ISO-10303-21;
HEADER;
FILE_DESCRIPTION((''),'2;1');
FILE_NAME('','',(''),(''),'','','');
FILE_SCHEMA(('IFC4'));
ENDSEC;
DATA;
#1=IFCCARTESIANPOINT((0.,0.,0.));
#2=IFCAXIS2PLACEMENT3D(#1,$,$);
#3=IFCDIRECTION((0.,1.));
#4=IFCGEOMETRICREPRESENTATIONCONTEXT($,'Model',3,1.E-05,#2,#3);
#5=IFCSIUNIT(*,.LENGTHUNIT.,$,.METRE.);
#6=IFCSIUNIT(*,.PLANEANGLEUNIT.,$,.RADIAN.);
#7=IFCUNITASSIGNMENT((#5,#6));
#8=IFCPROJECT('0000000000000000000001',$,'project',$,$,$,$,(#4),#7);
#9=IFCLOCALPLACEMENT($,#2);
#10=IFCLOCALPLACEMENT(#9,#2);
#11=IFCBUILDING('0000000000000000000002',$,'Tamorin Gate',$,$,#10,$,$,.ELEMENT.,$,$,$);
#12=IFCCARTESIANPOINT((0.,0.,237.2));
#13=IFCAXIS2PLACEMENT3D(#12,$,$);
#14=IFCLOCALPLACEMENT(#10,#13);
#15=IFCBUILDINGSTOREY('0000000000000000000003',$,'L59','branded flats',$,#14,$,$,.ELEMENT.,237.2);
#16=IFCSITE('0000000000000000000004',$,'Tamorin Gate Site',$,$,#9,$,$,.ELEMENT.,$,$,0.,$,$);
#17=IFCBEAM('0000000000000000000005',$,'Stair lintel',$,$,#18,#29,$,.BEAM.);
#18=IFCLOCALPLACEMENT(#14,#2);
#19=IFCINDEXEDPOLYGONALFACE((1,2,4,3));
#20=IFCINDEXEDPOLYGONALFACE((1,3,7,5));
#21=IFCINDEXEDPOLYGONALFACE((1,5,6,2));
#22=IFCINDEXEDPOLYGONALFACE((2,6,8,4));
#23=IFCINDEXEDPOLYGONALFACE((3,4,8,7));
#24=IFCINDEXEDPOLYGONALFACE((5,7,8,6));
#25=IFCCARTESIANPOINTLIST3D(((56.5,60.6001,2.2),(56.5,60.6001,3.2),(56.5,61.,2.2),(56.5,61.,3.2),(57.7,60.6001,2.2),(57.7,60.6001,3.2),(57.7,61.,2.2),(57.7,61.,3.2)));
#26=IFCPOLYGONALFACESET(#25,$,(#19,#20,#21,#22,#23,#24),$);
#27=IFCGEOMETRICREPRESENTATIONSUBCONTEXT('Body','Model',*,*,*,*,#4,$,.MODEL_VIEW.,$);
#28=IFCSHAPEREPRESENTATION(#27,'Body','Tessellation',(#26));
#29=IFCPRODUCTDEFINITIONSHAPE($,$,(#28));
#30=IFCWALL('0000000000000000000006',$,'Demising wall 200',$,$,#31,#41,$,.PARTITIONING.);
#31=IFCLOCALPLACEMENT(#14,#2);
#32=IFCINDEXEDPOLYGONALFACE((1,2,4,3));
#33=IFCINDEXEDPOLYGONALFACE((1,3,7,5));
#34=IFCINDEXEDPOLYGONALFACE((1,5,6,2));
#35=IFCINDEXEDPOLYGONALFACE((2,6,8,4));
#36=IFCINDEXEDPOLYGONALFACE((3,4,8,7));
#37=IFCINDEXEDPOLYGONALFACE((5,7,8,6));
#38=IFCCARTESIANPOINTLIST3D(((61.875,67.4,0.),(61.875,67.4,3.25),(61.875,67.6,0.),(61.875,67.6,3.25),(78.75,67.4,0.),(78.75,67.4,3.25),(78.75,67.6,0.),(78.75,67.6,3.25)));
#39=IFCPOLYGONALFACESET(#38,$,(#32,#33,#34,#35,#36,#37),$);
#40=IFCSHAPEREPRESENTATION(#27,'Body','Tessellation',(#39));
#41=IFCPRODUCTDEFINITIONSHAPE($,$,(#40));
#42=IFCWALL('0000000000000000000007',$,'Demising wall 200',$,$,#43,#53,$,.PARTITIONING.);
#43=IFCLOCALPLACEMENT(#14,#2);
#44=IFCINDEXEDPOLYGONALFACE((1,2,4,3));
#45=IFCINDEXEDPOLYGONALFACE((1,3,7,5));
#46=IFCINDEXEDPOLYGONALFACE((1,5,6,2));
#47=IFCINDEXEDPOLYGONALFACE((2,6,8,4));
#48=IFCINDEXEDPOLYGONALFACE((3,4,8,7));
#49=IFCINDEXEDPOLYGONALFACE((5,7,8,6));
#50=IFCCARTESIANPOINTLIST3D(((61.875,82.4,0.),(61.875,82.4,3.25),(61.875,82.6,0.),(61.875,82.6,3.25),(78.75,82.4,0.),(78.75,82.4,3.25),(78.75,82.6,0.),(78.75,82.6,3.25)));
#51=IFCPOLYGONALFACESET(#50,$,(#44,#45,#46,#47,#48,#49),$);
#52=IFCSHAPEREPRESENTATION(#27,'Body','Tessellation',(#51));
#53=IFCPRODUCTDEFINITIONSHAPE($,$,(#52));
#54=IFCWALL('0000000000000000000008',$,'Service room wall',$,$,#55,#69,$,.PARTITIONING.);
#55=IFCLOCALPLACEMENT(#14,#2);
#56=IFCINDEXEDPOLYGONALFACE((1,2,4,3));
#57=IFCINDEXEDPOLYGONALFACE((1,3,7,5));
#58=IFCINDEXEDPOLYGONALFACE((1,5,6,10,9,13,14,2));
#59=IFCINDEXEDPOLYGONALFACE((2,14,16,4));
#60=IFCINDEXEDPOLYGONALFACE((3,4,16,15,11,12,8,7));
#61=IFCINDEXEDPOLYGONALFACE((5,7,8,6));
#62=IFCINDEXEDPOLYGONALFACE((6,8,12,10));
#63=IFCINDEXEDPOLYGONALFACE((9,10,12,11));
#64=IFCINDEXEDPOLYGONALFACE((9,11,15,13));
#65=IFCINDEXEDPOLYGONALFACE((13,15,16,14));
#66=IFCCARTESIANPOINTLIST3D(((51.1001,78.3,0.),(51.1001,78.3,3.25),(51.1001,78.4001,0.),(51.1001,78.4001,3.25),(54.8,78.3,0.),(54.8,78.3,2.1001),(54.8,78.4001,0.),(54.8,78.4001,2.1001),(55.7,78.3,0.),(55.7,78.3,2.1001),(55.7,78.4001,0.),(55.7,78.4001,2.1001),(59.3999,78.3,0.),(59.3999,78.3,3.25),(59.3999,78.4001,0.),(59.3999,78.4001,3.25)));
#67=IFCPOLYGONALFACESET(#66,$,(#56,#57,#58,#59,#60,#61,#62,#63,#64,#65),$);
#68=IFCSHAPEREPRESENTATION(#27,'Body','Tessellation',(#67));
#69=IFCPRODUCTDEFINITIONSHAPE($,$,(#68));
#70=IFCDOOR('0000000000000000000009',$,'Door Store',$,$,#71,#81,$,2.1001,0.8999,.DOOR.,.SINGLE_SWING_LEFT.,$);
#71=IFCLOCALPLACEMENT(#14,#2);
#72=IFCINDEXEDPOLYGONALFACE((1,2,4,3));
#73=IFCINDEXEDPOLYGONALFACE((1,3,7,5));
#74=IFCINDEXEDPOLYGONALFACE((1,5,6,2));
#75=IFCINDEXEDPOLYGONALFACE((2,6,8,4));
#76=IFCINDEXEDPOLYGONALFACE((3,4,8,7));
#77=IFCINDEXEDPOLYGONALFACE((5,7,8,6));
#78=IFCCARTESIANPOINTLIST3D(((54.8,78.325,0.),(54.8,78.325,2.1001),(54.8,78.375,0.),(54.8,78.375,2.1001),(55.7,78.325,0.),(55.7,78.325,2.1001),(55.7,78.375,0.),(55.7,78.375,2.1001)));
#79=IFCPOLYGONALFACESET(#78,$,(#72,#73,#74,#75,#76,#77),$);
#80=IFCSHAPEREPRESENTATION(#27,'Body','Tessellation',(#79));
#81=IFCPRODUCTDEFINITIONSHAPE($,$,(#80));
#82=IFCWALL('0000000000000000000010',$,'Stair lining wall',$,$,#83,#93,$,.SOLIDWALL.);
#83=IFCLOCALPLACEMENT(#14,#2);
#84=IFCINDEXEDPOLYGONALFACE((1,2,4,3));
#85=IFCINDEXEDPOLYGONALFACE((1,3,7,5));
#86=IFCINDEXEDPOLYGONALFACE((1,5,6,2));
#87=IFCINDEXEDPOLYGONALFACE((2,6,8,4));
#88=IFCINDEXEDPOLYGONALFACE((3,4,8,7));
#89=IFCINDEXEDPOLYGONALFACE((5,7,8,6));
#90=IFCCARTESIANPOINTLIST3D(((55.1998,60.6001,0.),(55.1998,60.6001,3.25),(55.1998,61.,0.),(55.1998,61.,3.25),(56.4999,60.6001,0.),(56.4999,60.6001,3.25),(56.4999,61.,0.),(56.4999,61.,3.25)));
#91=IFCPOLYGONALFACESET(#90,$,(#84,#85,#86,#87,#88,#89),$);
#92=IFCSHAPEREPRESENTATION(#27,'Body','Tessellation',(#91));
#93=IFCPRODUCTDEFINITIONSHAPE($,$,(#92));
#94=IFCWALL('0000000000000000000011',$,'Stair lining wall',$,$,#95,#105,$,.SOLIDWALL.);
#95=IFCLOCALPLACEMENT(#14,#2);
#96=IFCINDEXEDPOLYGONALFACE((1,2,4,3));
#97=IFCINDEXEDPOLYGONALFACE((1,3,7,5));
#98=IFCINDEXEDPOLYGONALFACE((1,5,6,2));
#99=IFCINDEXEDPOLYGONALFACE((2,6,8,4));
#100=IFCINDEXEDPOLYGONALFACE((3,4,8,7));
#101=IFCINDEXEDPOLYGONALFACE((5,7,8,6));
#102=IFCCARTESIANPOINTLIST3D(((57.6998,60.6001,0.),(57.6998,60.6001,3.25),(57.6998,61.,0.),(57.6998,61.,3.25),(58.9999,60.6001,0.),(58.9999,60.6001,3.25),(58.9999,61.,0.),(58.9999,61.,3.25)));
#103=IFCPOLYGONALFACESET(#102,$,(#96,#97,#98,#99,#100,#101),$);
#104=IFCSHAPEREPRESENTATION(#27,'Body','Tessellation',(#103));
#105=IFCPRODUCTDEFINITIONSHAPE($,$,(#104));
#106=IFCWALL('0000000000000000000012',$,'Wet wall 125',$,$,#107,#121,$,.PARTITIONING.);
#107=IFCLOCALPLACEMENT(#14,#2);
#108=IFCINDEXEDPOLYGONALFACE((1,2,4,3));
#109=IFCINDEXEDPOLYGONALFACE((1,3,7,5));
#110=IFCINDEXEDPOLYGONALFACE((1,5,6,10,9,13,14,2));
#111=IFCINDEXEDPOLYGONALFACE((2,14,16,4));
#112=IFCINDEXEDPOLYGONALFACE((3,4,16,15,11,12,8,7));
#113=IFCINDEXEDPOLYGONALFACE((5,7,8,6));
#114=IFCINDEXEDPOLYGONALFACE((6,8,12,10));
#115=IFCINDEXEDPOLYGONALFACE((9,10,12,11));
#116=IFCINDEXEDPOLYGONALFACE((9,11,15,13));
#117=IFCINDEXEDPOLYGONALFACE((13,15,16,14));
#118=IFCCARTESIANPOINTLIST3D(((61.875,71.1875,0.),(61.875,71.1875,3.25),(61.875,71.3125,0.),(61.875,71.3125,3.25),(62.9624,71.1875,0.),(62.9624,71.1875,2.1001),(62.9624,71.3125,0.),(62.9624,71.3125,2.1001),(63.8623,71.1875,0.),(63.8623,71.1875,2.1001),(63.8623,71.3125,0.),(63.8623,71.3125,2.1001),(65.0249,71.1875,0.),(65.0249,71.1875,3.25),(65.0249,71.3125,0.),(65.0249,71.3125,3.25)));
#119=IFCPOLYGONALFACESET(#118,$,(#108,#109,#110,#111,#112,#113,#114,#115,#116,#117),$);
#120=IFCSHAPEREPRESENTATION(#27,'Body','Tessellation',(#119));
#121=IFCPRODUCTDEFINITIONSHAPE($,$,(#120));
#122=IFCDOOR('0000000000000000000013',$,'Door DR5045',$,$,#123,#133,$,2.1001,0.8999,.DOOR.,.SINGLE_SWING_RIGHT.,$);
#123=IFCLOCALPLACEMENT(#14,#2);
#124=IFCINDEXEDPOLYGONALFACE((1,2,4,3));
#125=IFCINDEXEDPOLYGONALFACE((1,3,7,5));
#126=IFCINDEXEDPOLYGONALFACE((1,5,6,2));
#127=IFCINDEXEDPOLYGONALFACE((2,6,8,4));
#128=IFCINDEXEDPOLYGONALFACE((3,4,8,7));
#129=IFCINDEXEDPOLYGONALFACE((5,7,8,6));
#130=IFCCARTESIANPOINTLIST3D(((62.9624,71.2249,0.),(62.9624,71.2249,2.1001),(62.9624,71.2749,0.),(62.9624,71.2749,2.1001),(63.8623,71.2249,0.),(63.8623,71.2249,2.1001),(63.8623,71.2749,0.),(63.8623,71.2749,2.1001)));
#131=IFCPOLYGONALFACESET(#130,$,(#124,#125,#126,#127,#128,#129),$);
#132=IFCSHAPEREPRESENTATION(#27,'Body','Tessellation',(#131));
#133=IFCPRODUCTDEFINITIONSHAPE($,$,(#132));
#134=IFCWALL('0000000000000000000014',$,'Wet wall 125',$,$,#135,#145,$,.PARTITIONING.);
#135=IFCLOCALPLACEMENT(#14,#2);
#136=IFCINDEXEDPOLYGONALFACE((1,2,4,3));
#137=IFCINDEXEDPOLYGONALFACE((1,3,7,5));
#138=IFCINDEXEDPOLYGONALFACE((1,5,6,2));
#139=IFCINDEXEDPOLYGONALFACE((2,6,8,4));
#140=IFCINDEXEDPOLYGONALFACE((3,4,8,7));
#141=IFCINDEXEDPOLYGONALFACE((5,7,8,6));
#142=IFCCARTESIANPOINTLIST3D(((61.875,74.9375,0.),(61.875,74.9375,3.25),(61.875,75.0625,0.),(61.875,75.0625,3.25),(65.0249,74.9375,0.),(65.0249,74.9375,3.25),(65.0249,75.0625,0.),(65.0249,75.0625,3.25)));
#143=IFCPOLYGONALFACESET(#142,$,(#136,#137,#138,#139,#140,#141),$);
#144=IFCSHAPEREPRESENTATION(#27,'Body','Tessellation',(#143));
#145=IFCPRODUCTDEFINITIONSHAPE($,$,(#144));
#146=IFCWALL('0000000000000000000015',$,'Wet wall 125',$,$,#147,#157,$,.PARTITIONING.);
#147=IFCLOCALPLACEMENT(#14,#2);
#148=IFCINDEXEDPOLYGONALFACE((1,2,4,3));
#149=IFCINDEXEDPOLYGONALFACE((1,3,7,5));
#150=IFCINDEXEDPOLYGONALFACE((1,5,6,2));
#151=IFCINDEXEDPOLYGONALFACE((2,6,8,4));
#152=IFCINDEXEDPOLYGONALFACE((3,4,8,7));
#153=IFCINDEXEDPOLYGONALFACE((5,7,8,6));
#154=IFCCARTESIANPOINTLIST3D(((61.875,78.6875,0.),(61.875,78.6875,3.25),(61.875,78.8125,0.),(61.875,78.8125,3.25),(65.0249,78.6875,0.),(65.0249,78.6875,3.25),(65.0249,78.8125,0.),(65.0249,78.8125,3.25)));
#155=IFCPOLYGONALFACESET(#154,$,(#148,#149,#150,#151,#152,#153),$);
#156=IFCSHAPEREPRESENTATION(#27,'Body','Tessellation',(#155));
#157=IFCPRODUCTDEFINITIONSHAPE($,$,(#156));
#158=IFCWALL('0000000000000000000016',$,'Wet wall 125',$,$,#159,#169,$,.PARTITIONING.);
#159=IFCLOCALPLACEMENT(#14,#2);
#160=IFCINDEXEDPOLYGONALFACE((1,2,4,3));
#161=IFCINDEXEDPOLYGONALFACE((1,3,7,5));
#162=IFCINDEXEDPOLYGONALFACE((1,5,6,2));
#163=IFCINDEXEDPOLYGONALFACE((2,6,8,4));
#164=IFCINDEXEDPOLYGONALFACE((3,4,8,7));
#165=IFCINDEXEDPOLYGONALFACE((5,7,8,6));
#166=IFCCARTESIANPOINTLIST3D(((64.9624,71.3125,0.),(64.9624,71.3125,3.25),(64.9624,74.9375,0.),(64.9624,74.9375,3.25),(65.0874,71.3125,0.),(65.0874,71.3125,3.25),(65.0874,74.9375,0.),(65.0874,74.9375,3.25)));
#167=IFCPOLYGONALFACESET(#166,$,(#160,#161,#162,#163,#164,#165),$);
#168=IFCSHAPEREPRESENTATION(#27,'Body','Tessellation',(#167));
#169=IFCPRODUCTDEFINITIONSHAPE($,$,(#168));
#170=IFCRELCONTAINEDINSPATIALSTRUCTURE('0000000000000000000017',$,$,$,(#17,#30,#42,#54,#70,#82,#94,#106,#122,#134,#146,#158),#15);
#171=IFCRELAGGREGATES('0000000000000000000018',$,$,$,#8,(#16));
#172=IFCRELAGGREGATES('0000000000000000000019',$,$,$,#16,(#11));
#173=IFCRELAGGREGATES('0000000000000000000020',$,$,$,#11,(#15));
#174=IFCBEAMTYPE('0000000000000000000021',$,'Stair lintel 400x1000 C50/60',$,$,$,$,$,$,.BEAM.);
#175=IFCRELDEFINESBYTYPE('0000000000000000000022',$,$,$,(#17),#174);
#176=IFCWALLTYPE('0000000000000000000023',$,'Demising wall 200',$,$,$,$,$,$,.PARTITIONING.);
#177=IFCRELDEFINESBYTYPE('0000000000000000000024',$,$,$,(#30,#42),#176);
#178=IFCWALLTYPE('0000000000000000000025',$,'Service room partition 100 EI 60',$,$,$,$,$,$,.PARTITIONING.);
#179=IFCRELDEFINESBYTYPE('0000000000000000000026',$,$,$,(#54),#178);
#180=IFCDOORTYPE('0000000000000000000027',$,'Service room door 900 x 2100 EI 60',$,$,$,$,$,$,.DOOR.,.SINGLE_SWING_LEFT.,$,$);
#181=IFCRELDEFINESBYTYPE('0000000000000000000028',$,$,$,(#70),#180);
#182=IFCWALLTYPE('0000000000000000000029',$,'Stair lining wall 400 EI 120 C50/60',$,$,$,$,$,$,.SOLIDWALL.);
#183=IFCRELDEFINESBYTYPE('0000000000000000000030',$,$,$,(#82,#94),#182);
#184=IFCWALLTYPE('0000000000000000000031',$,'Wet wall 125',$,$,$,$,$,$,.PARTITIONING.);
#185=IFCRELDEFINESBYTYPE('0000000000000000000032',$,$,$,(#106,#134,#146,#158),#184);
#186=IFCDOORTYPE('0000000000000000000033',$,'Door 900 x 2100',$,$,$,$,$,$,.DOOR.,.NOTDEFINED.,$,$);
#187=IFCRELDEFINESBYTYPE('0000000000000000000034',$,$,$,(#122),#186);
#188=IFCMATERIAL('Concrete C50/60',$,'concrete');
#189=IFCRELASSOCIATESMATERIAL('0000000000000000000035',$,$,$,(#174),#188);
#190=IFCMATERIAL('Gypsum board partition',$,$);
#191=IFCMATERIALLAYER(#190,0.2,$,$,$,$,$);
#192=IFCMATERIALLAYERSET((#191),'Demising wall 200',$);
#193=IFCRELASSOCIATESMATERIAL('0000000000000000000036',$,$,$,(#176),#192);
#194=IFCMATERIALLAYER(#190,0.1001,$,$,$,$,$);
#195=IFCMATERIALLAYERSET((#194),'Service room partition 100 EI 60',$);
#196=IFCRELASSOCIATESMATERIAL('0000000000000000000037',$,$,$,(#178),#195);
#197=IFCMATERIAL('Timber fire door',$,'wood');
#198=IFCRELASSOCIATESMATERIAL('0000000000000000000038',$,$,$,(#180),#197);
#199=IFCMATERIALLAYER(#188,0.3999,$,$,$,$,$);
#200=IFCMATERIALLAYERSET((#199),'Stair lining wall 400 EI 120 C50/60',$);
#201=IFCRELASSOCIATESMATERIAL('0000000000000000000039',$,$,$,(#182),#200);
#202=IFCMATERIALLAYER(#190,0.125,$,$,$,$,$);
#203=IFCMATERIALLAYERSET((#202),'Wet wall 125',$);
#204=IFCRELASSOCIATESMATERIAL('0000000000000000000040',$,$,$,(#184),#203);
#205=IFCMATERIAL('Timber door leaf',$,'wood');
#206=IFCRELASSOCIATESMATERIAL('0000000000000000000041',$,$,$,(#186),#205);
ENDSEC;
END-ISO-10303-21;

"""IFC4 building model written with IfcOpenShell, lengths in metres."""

from ifc_helpers import new_model, si_unit, direction, frame, frame_2d, origin, origin_2d, place, context, subcontext, project, spatial, rectangle, extrude, material, layer, layer_set, material_profile, profile_set, type_object, element, fill, save


model = new_model("IFC4")

# Units and contexts
model_context = context("Model", 3, precision=1e-05, world=origin(), true_north=direction((0.0, 1.0)))
body_context = subcontext(model_context, "Body", "Model", "MODEL_VIEW")
ifc_project = project(units=[si_unit("LENGTHUNIT", "METRE"), si_unit("PLANEANGLEUNIT", "RADIAN")], contexts=[model_context])

# Site, building, storey
site_placement = place(None, origin())
site = spatial("IfcSite", under=ifc_project, at=site_placement, Name="Tamorin Gate Site", CompositionType="ELEMENT", RefElevation=0.0)
building_placement = place(site_placement, origin())
building = spatial("IfcBuilding", under=site, at=building_placement, Name="Tamorin Gate", CompositionType="ELEMENT")
storey_placement = place(building_placement, frame((0.0, 0.0, 237.2)))
storey = spatial("IfcBuildingStorey", under=building, at=storey_placement, Name="L59", Description="branded flats", CompositionType="ELEMENT", Elevation=237.2)

# Beam
ifc_material_1 = material(Name="Concrete C50/60", Category="concrete")
ifc_material_profile = material_profile(ifc_material_1, rectangle(XDim=0.3999, YDim=1.0, at=origin_2d()))
ifc_profile_set = profile_set([ifc_material_profile], Name="Concrete C50/60")
beam_type = type_object("IfcBeamType", Name="Stair lintel 400x1000 C50/60", PredefinedType="BEAM", material=ifc_profile_set)
beam_placement = place(storey_placement, frame((56.5, 60.8, 2.7), z_axis=(1.0, 0.0, 0.0), x_axis=(0.0, 1.0, 0.0)))
element("IfcBeam", 1, at=beam_placement, inside=storey, type_object=beam_type, Name="Stair lintel", PredefinedType="BEAM", context=body_context, shape_type="SweptSolid", body=[
    extrude(rectangle(XDim=0.3999, YDim=1.0, at=origin_2d()), origin(), (0.0, 0.0, 1.0), 1.2),
])

# Walls
ifc_material_2 = material(Name="Gypsum board partition")
ifc_layer_1 = layer(ifc_material_2, 0.2)
ifc_layer_set_1 = layer_set([ifc_layer_1], Name="Demising wall 200")
wall_type_1 = type_object("IfcWallType", Name="Demising wall 200", PredefinedType="PARTITIONING", material=ifc_layer_set_1)
for number, where, z_axis, x_axis, name in (
    (2, (61.875, 67.5, 0.0), (0.0, 0.0, 1.0), (1.0, 0.0, 0.0), "Demising wall 200"),
    (3, (61.875, 82.5, 0.0), (0.0, 0.0, 1.0), (1.0, 0.0, 0.0), "Demising wall 200"),
):
    element("IfcWall", number, at=place(storey_placement, frame(where, z_axis=z_axis, x_axis=x_axis)), inside=storey, type_object=wall_type_1, Name=name, PredefinedType="PARTITIONING", context=body_context, shape_type="SweptSolid", body=[
        extrude(rectangle(XDim=16.875, YDim=0.2, at=frame_2d((8.4375, 0.0))), origin(), (0.0, 0.0, 1.0), 3.25),
    ])

# Wall, opening, door
ifc_layer_2 = layer(ifc_material_2, 0.1001)
ifc_layer_set_2 = layer_set([ifc_layer_2], Name="Service room partition 100 EI 60")
wall_type_2 = type_object("IfcWallType", Name="Service room partition 100 EI 60", PredefinedType="PARTITIONING", material=ifc_layer_set_2)
wall_1_placement = place(storey_placement, frame((51.1001, 78.3501, 0.0), z_axis=(0.0, 0.0, 1.0), x_axis=(1.0, 0.0, 0.0)))
wall_1 = element("IfcWall", 4, at=wall_1_placement, inside=storey, type_object=wall_type_2, Name="Service room wall", PredefinedType="PARTITIONING", context=body_context, shape_type="SweptSolid", body=[
    extrude(rectangle(XDim=8.2998, YDim=0.1001, at=frame_2d((4.1499, 0.0))), origin(), (0.0, 0.0, 1.0), 3.25),
])
opening_1_placement = place(wall_1_placement, frame((3.7, 0.0, 0.0)))
opening_1 = element("IfcOpeningElement", 5, at=opening_1_placement, cuts=wall_1, PredefinedType="OPENING", context=body_context, shape_type="SweptSolid", body=[
    extrude(rectangle(XDim=0.8999, YDim=2.1001, at=frame_2d((0.45, 1.05))), frame((0.0, 0.0601, 0.0), z_axis=(0.0, -1.0, 0.0), x_axis=(1.0, 0.0, 0.0)), (0.0, 0.0, 1.0), 0.1201),
])
ifc_material_3 = material(Name="Timber fire door", Category="wood")
door_type_1 = type_object("IfcDoorType", Name="Service room door 900 x 2100 EI 60", OperationType="SINGLE_SWING_LEFT", PredefinedType="DOOR", material=ifc_material_3)
door_1_placement = place(opening_1_placement, origin())
door_1 = element("IfcDoor", 6, at=door_1_placement, inside=storey, type_object=door_type_1, Name="Door Store", OperationType="SINGLE_SWING_LEFT", OverallHeight=2.1001, OverallWidth=0.8999, PredefinedType="DOOR", context=body_context, shape_type="SweptSolid", body=[
    extrude(rectangle(XDim=0.8999, YDim=2.1001, at=frame_2d((0.45, 1.05))), frame((0.0, 0.0249, 0.0), z_axis=(0.0, -1.0, 0.0), x_axis=(1.0, 0.0, 0.0)), (0.0, 0.0, 1.0), 0.05),
])
fill(opening_1, door_1)

# Walls
ifc_layer_3 = layer(ifc_material_1, 0.3999)
ifc_layer_set_3 = layer_set([ifc_layer_3], Name="Stair lining wall 400 EI 120 C50/60")
wall_type_3 = type_object("IfcWallType", Name="Stair lining wall 400 EI 120 C50/60", PredefinedType="SOLIDWALL", material=ifc_layer_set_3)
for number, where, z_axis, x_axis, name in (
    (7, (55.2, 60.8, 0.0), (0.0, 0.0, 1.0), (1.0, 0.0, 0.0), "Stair lining wall"),
    (8, (57.7, 60.8, 0.0), (0.0, 0.0, 1.0), (1.0, 0.0, 0.0), "Stair lining wall"),
):
    element("IfcWall", number, at=place(storey_placement, frame(where, z_axis=z_axis, x_axis=x_axis)), inside=storey, type_object=wall_type_3, Name=name, PredefinedType="SOLIDWALL", context=body_context, shape_type="SweptSolid", body=[
        extrude(rectangle(XDim=1.3, YDim=0.3999, at=frame_2d((0.6499, 0.0))), origin(), (0.0, 0.0, 1.0), 3.25),
    ])

# Wall, opening, door
ifc_layer_4 = layer(ifc_material_2, 0.125)
ifc_layer_set_4 = layer_set([ifc_layer_4], Name="Wet wall 125")
wall_type_4 = type_object("IfcWallType", Name="Wet wall 125", PredefinedType="PARTITIONING", material=ifc_layer_set_4)
wall_2_placement = place(storey_placement, frame((61.875, 71.25, 0.0), z_axis=(0.0, 0.0, 1.0), x_axis=(1.0, 0.0, 0.0)))
wall_2 = element("IfcWall", 9, at=wall_2_placement, inside=storey, type_object=wall_type_4, Name="Wet wall 125", PredefinedType="PARTITIONING", context=body_context, shape_type="SweptSolid", body=[
    extrude(rectangle(XDim=3.1499, YDim=0.125, at=frame_2d((1.575, 0.0))), origin(), (0.0, 0.0, 1.0), 3.25),
])
opening_2_placement = place(wall_2_placement, frame((1.0874, 0.0, 0.0)))
opening_2 = element("IfcOpeningElement", 10, at=opening_2_placement, cuts=wall_2, PredefinedType="OPENING", context=body_context, shape_type="SweptSolid", body=[
    extrude(rectangle(XDim=0.8999, YDim=2.1001, at=frame_2d((0.45, 1.05))), frame((0.0, 0.0725, 0.0), z_axis=(0.0, -1.0, 0.0), x_axis=(1.0, 0.0, 0.0)), (0.0, 0.0, 1.0), 0.145),
])
ifc_material_4 = material(Name="Timber door leaf", Category="wood")
door_type_2 = type_object("IfcDoorType", Name="Door 900 x 2100", OperationType="NOTDEFINED", PredefinedType="DOOR", material=ifc_material_4)
door_2_placement = place(opening_2_placement, origin())
door_2 = element("IfcDoor", 11, at=door_2_placement, inside=storey, type_object=door_type_2, Name="Door DR5045", OperationType="SINGLE_SWING_RIGHT", OverallHeight=2.1001, OverallWidth=0.8999, PredefinedType="DOOR", context=body_context, shape_type="SweptSolid", body=[
    extrude(rectangle(XDim=0.8999, YDim=2.1001, at=frame_2d((0.45, 1.05))), frame((0.0, 0.0249, 0.0), z_axis=(0.0, -1.0, 0.0), x_axis=(1.0, 0.0, 0.0)), (0.0, 0.0, 1.0), 0.05),
])
fill(opening_2, door_2)

# Walls
for number, where, z_axis, x_axis, name in (
    (12, (61.875, 75.0, 0.0), (0.0, 0.0, 1.0), (1.0, 0.0, 0.0), "Wet wall 125"),
    (13, (61.875, 78.75, 0.0), (0.0, 0.0, 1.0), (1.0, 0.0, 0.0), "Wet wall 125"),
):
    element("IfcWall", number, at=place(storey_placement, frame(where, z_axis=z_axis, x_axis=x_axis)), inside=storey, type_object=wall_type_4, Name=name, PredefinedType="PARTITIONING", context=body_context, shape_type="SweptSolid", body=[
        extrude(rectangle(XDim=3.1499, YDim=0.125, at=frame_2d((1.575, 0.0))), origin(), (0.0, 0.0, 1.0), 3.25),
    ])
wall_3_placement = place(storey_placement, frame((65.0249, 71.3125, 0.0), z_axis=(0.0, 0.0, 1.0), x_axis=(0.0, 1.0, 0.0)))
element("IfcWall", 14, at=wall_3_placement, inside=storey, type_object=wall_type_4, Name="Wet wall 125", PredefinedType="PARTITIONING", context=body_context, shape_type="SweptSolid", body=[
    extrude(rectangle(XDim=3.625, YDim=0.125, at=frame_2d((1.8125, 0.0))), origin(), (0.0, 0.0, 1.0), 3.25),
])

save(model, "model.ifc")
